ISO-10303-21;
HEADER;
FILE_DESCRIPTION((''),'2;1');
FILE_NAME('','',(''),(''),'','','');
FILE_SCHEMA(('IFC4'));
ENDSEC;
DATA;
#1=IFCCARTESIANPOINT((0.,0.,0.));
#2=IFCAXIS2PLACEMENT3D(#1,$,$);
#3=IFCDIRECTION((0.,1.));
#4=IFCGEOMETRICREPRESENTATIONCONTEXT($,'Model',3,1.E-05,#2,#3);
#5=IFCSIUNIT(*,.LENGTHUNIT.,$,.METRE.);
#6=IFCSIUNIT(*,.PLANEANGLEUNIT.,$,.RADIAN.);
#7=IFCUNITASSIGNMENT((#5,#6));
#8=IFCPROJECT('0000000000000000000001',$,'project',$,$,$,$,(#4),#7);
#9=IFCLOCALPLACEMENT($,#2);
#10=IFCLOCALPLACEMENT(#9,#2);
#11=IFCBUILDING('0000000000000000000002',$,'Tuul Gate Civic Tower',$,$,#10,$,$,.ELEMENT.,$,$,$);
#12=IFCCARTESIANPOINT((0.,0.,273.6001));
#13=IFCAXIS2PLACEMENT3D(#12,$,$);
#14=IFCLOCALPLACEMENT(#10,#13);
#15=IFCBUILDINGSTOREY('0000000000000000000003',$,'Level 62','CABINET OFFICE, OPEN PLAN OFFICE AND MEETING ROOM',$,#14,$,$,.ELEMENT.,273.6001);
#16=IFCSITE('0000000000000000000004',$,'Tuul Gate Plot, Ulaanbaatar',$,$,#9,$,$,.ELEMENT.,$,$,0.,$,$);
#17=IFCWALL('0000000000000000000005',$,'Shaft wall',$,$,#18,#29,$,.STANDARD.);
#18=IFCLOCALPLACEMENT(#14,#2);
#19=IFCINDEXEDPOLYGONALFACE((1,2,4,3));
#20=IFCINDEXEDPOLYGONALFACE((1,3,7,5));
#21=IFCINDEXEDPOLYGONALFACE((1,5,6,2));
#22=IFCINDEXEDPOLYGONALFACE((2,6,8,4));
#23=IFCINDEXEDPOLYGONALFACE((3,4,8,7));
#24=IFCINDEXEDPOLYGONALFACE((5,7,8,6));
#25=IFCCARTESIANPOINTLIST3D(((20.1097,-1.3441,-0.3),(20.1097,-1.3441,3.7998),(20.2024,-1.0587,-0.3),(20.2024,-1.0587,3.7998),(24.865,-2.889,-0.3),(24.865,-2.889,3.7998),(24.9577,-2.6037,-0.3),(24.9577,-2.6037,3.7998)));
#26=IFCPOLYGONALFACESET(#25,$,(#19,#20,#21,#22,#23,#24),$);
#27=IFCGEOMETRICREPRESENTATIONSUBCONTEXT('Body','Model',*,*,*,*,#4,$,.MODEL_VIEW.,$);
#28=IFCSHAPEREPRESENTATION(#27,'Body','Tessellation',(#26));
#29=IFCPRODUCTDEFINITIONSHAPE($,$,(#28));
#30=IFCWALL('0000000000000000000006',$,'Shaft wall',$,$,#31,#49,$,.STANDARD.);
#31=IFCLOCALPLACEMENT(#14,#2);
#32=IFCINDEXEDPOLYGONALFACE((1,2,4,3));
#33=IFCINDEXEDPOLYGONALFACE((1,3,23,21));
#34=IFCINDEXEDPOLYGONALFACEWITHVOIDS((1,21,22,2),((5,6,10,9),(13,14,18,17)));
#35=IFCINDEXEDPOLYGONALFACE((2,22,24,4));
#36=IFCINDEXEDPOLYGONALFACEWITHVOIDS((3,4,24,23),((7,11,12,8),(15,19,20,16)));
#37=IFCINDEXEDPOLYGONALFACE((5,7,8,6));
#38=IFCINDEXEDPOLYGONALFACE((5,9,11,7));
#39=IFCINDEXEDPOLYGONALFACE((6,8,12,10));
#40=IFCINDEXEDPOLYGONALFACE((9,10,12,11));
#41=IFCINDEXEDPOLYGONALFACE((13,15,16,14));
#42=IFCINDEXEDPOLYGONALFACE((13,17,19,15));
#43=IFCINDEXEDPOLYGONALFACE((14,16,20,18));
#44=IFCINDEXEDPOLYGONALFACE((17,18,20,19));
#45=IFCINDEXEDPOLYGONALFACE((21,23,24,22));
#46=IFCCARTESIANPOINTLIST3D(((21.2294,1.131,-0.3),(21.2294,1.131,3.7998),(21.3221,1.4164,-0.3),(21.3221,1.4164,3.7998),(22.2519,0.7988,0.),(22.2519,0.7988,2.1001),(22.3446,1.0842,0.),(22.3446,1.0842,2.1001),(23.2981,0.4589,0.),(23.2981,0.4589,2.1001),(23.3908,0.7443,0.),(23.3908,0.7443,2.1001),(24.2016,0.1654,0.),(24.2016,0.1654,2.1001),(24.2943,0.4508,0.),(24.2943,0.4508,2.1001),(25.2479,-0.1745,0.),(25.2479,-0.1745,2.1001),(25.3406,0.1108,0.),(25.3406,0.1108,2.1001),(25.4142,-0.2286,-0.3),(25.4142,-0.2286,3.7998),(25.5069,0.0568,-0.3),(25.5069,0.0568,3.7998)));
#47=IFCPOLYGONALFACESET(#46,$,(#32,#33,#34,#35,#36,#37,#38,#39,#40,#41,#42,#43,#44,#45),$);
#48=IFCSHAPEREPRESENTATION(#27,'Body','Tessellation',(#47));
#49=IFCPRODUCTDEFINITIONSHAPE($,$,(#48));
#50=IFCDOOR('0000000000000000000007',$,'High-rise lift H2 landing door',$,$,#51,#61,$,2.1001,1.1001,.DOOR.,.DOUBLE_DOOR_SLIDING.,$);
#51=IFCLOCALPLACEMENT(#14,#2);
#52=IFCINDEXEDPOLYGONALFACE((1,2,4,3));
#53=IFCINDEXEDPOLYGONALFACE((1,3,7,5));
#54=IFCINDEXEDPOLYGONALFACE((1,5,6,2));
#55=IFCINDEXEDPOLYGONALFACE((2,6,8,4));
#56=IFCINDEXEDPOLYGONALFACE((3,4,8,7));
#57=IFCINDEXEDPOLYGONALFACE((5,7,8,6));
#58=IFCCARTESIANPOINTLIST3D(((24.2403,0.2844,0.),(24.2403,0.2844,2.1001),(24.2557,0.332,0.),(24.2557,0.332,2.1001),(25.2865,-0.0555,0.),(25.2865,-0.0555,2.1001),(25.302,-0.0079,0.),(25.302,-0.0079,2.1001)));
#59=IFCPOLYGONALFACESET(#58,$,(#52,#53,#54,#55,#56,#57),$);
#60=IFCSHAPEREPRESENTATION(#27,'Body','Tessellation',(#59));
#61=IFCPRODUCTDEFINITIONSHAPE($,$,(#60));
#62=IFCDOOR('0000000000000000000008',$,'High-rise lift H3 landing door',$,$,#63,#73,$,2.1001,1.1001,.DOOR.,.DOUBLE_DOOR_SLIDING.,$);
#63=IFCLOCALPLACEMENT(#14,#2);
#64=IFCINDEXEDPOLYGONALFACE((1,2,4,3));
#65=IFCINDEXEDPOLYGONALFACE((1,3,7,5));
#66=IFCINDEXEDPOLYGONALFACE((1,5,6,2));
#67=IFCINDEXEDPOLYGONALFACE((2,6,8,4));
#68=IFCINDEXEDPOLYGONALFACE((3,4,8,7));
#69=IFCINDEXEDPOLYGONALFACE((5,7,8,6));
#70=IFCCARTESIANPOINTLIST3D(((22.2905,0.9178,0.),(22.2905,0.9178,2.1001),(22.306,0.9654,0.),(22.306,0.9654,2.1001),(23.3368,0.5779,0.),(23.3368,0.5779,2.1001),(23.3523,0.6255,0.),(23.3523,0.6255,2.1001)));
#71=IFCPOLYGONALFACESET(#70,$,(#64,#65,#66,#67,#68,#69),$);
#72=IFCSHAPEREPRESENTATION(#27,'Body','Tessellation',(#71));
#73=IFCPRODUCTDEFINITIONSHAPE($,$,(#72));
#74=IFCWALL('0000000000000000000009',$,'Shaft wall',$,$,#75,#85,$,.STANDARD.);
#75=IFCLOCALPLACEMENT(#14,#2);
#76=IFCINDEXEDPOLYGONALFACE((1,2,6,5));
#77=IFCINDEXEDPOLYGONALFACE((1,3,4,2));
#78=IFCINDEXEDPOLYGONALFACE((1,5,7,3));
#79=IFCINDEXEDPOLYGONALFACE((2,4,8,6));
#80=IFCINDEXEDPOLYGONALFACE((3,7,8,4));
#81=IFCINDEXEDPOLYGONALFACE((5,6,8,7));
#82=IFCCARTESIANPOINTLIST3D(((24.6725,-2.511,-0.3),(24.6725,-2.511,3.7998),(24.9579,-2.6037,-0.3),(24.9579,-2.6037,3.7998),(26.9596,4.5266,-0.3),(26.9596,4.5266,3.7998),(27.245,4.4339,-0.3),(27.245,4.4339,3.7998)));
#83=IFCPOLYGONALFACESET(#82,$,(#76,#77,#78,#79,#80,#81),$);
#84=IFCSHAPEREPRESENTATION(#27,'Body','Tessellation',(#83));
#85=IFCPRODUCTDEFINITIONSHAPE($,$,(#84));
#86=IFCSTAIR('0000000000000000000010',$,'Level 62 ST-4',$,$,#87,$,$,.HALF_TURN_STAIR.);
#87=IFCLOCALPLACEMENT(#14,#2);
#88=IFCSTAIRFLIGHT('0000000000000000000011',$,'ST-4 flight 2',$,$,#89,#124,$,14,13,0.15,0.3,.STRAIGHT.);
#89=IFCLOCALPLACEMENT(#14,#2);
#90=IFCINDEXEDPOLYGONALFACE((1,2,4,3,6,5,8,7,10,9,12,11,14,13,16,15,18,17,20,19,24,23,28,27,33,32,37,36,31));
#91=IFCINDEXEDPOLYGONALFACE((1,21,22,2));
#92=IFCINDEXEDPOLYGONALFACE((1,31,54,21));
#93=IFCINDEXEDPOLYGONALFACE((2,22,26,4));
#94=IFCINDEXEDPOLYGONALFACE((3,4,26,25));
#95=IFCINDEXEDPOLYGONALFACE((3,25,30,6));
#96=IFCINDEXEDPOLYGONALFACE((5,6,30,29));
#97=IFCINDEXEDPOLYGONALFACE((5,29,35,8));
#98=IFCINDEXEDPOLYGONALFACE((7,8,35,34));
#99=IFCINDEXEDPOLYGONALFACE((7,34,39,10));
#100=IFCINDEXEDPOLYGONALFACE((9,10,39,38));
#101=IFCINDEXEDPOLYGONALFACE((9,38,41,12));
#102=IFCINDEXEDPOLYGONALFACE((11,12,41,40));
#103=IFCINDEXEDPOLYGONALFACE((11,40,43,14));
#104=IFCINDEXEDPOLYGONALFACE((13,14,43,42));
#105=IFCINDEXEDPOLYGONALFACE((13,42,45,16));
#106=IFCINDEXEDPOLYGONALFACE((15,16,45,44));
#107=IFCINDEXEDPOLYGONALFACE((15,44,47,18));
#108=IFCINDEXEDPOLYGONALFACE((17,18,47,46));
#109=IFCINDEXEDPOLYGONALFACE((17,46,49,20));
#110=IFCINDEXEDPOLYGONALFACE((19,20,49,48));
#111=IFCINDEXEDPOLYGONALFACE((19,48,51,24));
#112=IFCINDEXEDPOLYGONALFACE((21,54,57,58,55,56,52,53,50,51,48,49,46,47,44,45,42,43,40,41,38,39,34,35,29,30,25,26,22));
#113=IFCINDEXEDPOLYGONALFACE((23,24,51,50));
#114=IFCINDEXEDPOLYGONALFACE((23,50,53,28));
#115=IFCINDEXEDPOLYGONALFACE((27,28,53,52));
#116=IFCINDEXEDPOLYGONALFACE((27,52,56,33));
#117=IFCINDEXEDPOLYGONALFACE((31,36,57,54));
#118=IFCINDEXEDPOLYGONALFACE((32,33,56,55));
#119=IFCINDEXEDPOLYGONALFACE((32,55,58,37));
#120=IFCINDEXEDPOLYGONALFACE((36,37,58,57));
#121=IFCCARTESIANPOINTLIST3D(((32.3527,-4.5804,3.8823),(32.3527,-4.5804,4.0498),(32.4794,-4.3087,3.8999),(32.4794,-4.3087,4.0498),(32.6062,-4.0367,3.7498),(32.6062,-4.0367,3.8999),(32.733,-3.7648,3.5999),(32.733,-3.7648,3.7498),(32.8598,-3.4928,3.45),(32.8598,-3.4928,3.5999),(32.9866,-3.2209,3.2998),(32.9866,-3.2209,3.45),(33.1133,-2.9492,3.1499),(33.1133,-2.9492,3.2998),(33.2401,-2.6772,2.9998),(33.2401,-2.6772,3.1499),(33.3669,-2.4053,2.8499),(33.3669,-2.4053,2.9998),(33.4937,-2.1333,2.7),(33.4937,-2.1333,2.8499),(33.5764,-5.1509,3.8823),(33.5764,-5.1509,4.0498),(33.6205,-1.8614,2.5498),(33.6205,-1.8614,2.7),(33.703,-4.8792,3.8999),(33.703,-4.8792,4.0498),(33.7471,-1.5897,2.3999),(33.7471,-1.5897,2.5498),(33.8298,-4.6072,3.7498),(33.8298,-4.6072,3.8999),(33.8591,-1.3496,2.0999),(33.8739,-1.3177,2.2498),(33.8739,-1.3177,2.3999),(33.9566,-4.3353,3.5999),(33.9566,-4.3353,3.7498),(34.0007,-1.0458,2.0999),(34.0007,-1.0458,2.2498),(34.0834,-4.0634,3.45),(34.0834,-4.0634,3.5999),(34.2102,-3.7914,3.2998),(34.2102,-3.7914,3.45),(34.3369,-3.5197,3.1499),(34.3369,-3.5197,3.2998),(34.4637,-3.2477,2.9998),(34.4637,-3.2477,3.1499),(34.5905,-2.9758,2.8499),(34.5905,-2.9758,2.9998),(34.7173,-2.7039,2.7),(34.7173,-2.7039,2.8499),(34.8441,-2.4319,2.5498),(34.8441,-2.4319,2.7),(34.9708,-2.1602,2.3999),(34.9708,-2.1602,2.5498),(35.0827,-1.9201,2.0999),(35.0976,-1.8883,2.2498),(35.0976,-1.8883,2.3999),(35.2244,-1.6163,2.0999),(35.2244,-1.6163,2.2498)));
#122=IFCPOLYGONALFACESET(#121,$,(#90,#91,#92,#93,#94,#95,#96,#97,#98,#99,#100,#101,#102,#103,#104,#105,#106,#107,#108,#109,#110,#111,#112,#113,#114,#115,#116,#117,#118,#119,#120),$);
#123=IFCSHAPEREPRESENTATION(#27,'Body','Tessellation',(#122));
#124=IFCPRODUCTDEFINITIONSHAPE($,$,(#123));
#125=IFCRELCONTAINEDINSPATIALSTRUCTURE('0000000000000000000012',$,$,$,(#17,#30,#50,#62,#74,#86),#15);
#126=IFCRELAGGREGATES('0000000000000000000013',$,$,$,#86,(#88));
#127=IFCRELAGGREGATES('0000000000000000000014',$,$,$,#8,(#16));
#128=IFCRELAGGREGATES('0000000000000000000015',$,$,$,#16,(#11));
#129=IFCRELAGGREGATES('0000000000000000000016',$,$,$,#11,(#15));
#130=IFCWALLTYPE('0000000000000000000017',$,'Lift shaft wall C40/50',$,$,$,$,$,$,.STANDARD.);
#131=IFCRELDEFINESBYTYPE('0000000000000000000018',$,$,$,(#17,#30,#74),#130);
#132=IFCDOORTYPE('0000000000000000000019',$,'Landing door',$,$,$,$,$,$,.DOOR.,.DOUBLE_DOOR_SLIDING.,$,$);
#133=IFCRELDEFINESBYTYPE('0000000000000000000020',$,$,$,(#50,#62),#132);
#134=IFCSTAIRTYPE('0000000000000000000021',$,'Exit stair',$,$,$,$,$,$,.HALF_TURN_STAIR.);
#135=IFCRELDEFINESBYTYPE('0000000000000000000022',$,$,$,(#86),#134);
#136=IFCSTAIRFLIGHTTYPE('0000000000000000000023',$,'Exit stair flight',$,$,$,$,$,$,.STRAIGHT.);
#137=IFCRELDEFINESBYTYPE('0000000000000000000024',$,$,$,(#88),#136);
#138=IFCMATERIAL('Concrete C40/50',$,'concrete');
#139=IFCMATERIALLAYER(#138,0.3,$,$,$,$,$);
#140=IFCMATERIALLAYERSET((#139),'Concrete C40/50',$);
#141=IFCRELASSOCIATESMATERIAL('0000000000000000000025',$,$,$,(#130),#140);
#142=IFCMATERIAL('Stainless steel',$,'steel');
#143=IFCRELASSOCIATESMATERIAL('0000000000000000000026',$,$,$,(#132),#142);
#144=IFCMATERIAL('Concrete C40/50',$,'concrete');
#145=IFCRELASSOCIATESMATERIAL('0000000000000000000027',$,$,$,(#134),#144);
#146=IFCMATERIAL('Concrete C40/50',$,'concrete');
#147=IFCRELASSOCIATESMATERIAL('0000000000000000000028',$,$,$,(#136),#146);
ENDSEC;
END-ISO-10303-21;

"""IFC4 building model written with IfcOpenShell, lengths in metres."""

from ifc_helpers import new_model, si_unit, direction, frame, frame_2d, origin, place, context, subcontext, project, spatial, polyline, rectangle, outline, extrude, material, layer, layer_set, type_object, element, fill, aggregate, save


model = new_model("IFC4")

# Units and contexts
model_context = context("Model", 3, precision=1e-05, world=origin(), true_north=direction((0.0, 1.0)))
body_context = subcontext(model_context, "Body", "Model", "MODEL_VIEW")
ifc_project = project(units=[si_unit("LENGTHUNIT", "METRE"), si_unit("PLANEANGLEUNIT", "RADIAN")], contexts=[model_context])

# Site, building, storey
site_placement = place(None, origin())
site = spatial("IfcSite", under=ifc_project, at=site_placement, Name="Tuul Gate Plot, Ulaanbaatar", CompositionType="ELEMENT", RefElevation=0.0)
building_placement = place(site_placement, origin())
building = spatial("IfcBuilding", under=site, at=building_placement, Name="Tuul Gate Civic Tower", CompositionType="ELEMENT")
storey_placement = place(building_placement, frame((0.0, 0.0, 273.6001)))
storey = spatial("IfcBuildingStorey", under=building, at=storey_placement, Name="Level 62", Description="CABINET OFFICE, OPEN PLAN OFFICE AND MEETING ROOM", CompositionType="ELEMENT", Elevation=273.6001)

# Wall
ifc_material_1 = material(Name="Concrete C40/50", Category="concrete")
ifc_layer_1 = layer(ifc_material_1, 0.3)
ifc_layer_set_1 = layer_set([ifc_layer_1], Name="Concrete C40/50")
wall_type_1 = type_object("IfcWallType", Name="Lift shaft wall C40/50", PredefinedType="STANDARD", material=ifc_layer_set_1)
wall_1_placement = place(storey_placement, frame((24.9114, -2.7463, -0.3), z_axis=(0.0, 0.0, 1.0), x_axis=(-0.951068, 0.308982, 0.0)))
element("IfcWall", 1, at=wall_1_placement, inside=storey, type_object=wall_type_1, Name="Shaft wall", PredefinedType="STANDARD", context=body_context, shape_type="SweptSolid", body=[
    extrude(rectangle(XDim=5.0, YDim=0.3, at=frame_2d((2.5, 0.0))), origin(), (0.0, 0.0, 1.0), 4.0999),
])

# Wall, openings, doors
wall_2_placement = place(storey_placement, frame((25.4607, -0.0859, -0.3), z_axis=(0.0, 0.0, 1.0), x_axis=(-0.951064, 0.308994, 0.0)))
wall_2 = element("IfcWall", 2, at=wall_2_placement, inside=storey, type_object=wall_type_1, Name="Shaft wall", PredefinedType="STANDARD", context=body_context, shape_type="SweptSolid", body=[
    extrude(rectangle(XDim=4.4001, YDim=0.3, at=frame_2d((2.2002, 0.0))), origin(), (0.0, 0.0, 1.0), 4.0999),
])
opening_1_placement = place(wall_2_placement, frame((0.175, 0.0, 0.3)))
opening_1 = element("IfcOpeningElement", 3, at=opening_1_placement, cuts=wall_2, PredefinedType="OPENING", context=body_context, shape_type="SweptSolid", body=[
    extrude(rectangle(XDim=1.1001, YDim=2.1001, at=frame_2d((0.55, 1.05))), frame((0.0, 0.1602, 0.0), z_axis=(0.0, -1.0, 0.0), x_axis=(1.0, 0.0, 0.0)), (0.0, 0.0, 1.0), 0.3201),
])
opening_2_placement = place(wall_2_placement, frame((2.2251, 0.0, 0.3)))
opening_2 = element("IfcOpeningElement", 4, at=opening_2_placement, cuts=wall_2, PredefinedType="OPENING", context=body_context, shape_type="SweptSolid", body=[
    extrude(rectangle(XDim=1.1001, YDim=2.1001, at=frame_2d((0.55, 1.05))), frame((0.0, 0.1602, 0.0), z_axis=(0.0, -1.0, 0.0), x_axis=(1.0, 0.0, 0.0)), (0.0, 0.0, 1.0), 0.3201),
])
ifc_material_2 = material(Name="Stainless steel", Category="steel")
door_type_1 = type_object("IfcDoorType", Name="Landing door", OperationType="DOUBLE_DOOR_SLIDING", PredefinedType="DOOR", material=ifc_material_2)
door_1_placement = place(opening_1_placement, origin())
door_1 = element("IfcDoor", 5, at=door_1_placement, inside=storey, type_object=door_type_1, Name="High-rise lift H2 landing door", OperationType="DOUBLE_DOOR_SLIDING", OverallHeight=2.1001, OverallWidth=1.1001, PredefinedType="DOOR", context=body_context, shape_type="SweptSolid", body=[
    extrude(rectangle(XDim=1.1001, YDim=2.1001, at=frame_2d((0.55, 1.05))), frame((0.0, 0.0249, 0.0), z_axis=(0.0, -1.0, 0.0), x_axis=(1.0, 0.0, 0.0)), (0.0, 0.0, 1.0), 0.05),
])
fill(opening_1, door_1)
door_2_placement = place(opening_2_placement, origin())
door_2 = element("IfcDoor", 6, at=door_2_placement, inside=storey, type_object=door_type_1, Name="High-rise lift H3 landing door", OperationType="DOUBLE_DOOR_SLIDING", OverallHeight=2.1001, OverallWidth=1.1001, PredefinedType="DOOR", context=body_context, shape_type="SweptSolid", body=[
    extrude(rectangle(XDim=1.1001, YDim=2.1001, at=frame_2d((0.55, 1.05))), frame((0.0, 0.0249, 0.0), z_axis=(0.0, -1.0, 0.0), x_axis=(1.0, 0.0, 0.0)), (0.0, 0.0, 1.0), 0.05),
])
fill(opening_2, door_2)

# Wall
wall_3_placement = place(storey_placement, frame((24.8152, -2.5574, -0.3), z_axis=(0.0, 0.0, 1.0), x_axis=(0.309073, 0.951038, 0.0)))
element("IfcWall", 7, at=wall_3_placement, inside=storey, type_object=wall_type_1, Name="Shaft wall", PredefinedType="STANDARD", context=body_context, shape_type="SweptSolid", body=[
    extrude(rectangle(XDim=7.3999, YDim=0.3, at=frame_2d((3.7, 0.0))), origin(), (0.0, 0.0, 1.0), 4.0999),
])

# Stair, stair flight
ifc_material_3 = material(Name="Concrete C40/50", Category="concrete")
stair_type = type_object("IfcStairType", Name="Exit stair", PredefinedType="HALF_TURN_STAIR", material=ifc_material_3)
stair_placement = place(storey_placement, origin())
stair = element("IfcStair", 8, at=stair_placement, inside=storey, type_object=stair_type, Name="Level 62 ST-4", PredefinedType="HALF_TURN_STAIR")
ifc_material_4 = material(Name="Concrete C40/50", Category="concrete")
stair_flight_type = type_object("IfcStairFlightType", Name="Exit stair flight", PredefinedType="STRAIGHT", material=ifc_material_4)
stair_flight_placement = place(storey_placement, frame((34.6125, -1.3311, 2.0999), z_axis=(0.0, 0.0, 1.0), x_axis=(-0.422576, -0.906327, 0.0)))
stair_flight = element("IfcStairFlight", 9, at=stair_flight_placement, type_object=stair_flight_type, Name="ST-4 flight 2", NumberOfRisers=14, NumberOfTreads=13, PredefinedType="STRAIGHT", RiserHeight=0.15, TreadLength=0.3, context=body_context, shape_type="SweptSolid", body=[
    extrude(outline(polyline([(0.0, 0.0), (0.0, 0.1499), (0.3, 0.1499), (0.3, 0.3), (0.6001, 0.3), (0.6001, 0.45), (0.8999, 0.45), (0.8999, 0.6001), (1.2, 0.6001), (1.2, 0.75), (1.5, 0.75), (1.5, 0.8999), (1.8, 0.8999), (1.8, 1.05), (2.1001, 1.05), (2.1001, 1.2), (2.3999, 1.2), (2.3999, 1.3501), (2.7, 1.3501), (2.7, 1.5), (3.0, 1.5), (3.0, 1.6499), (3.3, 1.6499), (3.3, 1.8), (3.6001, 1.8), (3.6001, 1.95), (3.8999, 1.95), (3.8999, 2.1001), (3.8999, 1.7825), (0.3352, 0.0), (0.0, 0.0)])), frame((0.0, 0.675, 0.0), z_axis=(0.0, -1.0, 0.0), x_axis=(1.0, 0.0, 0.0)), (0.0, 0.0, 1.0), 1.3501),
])
aggregate(stair, [stair_flight])

save(model, "model.ifc")
